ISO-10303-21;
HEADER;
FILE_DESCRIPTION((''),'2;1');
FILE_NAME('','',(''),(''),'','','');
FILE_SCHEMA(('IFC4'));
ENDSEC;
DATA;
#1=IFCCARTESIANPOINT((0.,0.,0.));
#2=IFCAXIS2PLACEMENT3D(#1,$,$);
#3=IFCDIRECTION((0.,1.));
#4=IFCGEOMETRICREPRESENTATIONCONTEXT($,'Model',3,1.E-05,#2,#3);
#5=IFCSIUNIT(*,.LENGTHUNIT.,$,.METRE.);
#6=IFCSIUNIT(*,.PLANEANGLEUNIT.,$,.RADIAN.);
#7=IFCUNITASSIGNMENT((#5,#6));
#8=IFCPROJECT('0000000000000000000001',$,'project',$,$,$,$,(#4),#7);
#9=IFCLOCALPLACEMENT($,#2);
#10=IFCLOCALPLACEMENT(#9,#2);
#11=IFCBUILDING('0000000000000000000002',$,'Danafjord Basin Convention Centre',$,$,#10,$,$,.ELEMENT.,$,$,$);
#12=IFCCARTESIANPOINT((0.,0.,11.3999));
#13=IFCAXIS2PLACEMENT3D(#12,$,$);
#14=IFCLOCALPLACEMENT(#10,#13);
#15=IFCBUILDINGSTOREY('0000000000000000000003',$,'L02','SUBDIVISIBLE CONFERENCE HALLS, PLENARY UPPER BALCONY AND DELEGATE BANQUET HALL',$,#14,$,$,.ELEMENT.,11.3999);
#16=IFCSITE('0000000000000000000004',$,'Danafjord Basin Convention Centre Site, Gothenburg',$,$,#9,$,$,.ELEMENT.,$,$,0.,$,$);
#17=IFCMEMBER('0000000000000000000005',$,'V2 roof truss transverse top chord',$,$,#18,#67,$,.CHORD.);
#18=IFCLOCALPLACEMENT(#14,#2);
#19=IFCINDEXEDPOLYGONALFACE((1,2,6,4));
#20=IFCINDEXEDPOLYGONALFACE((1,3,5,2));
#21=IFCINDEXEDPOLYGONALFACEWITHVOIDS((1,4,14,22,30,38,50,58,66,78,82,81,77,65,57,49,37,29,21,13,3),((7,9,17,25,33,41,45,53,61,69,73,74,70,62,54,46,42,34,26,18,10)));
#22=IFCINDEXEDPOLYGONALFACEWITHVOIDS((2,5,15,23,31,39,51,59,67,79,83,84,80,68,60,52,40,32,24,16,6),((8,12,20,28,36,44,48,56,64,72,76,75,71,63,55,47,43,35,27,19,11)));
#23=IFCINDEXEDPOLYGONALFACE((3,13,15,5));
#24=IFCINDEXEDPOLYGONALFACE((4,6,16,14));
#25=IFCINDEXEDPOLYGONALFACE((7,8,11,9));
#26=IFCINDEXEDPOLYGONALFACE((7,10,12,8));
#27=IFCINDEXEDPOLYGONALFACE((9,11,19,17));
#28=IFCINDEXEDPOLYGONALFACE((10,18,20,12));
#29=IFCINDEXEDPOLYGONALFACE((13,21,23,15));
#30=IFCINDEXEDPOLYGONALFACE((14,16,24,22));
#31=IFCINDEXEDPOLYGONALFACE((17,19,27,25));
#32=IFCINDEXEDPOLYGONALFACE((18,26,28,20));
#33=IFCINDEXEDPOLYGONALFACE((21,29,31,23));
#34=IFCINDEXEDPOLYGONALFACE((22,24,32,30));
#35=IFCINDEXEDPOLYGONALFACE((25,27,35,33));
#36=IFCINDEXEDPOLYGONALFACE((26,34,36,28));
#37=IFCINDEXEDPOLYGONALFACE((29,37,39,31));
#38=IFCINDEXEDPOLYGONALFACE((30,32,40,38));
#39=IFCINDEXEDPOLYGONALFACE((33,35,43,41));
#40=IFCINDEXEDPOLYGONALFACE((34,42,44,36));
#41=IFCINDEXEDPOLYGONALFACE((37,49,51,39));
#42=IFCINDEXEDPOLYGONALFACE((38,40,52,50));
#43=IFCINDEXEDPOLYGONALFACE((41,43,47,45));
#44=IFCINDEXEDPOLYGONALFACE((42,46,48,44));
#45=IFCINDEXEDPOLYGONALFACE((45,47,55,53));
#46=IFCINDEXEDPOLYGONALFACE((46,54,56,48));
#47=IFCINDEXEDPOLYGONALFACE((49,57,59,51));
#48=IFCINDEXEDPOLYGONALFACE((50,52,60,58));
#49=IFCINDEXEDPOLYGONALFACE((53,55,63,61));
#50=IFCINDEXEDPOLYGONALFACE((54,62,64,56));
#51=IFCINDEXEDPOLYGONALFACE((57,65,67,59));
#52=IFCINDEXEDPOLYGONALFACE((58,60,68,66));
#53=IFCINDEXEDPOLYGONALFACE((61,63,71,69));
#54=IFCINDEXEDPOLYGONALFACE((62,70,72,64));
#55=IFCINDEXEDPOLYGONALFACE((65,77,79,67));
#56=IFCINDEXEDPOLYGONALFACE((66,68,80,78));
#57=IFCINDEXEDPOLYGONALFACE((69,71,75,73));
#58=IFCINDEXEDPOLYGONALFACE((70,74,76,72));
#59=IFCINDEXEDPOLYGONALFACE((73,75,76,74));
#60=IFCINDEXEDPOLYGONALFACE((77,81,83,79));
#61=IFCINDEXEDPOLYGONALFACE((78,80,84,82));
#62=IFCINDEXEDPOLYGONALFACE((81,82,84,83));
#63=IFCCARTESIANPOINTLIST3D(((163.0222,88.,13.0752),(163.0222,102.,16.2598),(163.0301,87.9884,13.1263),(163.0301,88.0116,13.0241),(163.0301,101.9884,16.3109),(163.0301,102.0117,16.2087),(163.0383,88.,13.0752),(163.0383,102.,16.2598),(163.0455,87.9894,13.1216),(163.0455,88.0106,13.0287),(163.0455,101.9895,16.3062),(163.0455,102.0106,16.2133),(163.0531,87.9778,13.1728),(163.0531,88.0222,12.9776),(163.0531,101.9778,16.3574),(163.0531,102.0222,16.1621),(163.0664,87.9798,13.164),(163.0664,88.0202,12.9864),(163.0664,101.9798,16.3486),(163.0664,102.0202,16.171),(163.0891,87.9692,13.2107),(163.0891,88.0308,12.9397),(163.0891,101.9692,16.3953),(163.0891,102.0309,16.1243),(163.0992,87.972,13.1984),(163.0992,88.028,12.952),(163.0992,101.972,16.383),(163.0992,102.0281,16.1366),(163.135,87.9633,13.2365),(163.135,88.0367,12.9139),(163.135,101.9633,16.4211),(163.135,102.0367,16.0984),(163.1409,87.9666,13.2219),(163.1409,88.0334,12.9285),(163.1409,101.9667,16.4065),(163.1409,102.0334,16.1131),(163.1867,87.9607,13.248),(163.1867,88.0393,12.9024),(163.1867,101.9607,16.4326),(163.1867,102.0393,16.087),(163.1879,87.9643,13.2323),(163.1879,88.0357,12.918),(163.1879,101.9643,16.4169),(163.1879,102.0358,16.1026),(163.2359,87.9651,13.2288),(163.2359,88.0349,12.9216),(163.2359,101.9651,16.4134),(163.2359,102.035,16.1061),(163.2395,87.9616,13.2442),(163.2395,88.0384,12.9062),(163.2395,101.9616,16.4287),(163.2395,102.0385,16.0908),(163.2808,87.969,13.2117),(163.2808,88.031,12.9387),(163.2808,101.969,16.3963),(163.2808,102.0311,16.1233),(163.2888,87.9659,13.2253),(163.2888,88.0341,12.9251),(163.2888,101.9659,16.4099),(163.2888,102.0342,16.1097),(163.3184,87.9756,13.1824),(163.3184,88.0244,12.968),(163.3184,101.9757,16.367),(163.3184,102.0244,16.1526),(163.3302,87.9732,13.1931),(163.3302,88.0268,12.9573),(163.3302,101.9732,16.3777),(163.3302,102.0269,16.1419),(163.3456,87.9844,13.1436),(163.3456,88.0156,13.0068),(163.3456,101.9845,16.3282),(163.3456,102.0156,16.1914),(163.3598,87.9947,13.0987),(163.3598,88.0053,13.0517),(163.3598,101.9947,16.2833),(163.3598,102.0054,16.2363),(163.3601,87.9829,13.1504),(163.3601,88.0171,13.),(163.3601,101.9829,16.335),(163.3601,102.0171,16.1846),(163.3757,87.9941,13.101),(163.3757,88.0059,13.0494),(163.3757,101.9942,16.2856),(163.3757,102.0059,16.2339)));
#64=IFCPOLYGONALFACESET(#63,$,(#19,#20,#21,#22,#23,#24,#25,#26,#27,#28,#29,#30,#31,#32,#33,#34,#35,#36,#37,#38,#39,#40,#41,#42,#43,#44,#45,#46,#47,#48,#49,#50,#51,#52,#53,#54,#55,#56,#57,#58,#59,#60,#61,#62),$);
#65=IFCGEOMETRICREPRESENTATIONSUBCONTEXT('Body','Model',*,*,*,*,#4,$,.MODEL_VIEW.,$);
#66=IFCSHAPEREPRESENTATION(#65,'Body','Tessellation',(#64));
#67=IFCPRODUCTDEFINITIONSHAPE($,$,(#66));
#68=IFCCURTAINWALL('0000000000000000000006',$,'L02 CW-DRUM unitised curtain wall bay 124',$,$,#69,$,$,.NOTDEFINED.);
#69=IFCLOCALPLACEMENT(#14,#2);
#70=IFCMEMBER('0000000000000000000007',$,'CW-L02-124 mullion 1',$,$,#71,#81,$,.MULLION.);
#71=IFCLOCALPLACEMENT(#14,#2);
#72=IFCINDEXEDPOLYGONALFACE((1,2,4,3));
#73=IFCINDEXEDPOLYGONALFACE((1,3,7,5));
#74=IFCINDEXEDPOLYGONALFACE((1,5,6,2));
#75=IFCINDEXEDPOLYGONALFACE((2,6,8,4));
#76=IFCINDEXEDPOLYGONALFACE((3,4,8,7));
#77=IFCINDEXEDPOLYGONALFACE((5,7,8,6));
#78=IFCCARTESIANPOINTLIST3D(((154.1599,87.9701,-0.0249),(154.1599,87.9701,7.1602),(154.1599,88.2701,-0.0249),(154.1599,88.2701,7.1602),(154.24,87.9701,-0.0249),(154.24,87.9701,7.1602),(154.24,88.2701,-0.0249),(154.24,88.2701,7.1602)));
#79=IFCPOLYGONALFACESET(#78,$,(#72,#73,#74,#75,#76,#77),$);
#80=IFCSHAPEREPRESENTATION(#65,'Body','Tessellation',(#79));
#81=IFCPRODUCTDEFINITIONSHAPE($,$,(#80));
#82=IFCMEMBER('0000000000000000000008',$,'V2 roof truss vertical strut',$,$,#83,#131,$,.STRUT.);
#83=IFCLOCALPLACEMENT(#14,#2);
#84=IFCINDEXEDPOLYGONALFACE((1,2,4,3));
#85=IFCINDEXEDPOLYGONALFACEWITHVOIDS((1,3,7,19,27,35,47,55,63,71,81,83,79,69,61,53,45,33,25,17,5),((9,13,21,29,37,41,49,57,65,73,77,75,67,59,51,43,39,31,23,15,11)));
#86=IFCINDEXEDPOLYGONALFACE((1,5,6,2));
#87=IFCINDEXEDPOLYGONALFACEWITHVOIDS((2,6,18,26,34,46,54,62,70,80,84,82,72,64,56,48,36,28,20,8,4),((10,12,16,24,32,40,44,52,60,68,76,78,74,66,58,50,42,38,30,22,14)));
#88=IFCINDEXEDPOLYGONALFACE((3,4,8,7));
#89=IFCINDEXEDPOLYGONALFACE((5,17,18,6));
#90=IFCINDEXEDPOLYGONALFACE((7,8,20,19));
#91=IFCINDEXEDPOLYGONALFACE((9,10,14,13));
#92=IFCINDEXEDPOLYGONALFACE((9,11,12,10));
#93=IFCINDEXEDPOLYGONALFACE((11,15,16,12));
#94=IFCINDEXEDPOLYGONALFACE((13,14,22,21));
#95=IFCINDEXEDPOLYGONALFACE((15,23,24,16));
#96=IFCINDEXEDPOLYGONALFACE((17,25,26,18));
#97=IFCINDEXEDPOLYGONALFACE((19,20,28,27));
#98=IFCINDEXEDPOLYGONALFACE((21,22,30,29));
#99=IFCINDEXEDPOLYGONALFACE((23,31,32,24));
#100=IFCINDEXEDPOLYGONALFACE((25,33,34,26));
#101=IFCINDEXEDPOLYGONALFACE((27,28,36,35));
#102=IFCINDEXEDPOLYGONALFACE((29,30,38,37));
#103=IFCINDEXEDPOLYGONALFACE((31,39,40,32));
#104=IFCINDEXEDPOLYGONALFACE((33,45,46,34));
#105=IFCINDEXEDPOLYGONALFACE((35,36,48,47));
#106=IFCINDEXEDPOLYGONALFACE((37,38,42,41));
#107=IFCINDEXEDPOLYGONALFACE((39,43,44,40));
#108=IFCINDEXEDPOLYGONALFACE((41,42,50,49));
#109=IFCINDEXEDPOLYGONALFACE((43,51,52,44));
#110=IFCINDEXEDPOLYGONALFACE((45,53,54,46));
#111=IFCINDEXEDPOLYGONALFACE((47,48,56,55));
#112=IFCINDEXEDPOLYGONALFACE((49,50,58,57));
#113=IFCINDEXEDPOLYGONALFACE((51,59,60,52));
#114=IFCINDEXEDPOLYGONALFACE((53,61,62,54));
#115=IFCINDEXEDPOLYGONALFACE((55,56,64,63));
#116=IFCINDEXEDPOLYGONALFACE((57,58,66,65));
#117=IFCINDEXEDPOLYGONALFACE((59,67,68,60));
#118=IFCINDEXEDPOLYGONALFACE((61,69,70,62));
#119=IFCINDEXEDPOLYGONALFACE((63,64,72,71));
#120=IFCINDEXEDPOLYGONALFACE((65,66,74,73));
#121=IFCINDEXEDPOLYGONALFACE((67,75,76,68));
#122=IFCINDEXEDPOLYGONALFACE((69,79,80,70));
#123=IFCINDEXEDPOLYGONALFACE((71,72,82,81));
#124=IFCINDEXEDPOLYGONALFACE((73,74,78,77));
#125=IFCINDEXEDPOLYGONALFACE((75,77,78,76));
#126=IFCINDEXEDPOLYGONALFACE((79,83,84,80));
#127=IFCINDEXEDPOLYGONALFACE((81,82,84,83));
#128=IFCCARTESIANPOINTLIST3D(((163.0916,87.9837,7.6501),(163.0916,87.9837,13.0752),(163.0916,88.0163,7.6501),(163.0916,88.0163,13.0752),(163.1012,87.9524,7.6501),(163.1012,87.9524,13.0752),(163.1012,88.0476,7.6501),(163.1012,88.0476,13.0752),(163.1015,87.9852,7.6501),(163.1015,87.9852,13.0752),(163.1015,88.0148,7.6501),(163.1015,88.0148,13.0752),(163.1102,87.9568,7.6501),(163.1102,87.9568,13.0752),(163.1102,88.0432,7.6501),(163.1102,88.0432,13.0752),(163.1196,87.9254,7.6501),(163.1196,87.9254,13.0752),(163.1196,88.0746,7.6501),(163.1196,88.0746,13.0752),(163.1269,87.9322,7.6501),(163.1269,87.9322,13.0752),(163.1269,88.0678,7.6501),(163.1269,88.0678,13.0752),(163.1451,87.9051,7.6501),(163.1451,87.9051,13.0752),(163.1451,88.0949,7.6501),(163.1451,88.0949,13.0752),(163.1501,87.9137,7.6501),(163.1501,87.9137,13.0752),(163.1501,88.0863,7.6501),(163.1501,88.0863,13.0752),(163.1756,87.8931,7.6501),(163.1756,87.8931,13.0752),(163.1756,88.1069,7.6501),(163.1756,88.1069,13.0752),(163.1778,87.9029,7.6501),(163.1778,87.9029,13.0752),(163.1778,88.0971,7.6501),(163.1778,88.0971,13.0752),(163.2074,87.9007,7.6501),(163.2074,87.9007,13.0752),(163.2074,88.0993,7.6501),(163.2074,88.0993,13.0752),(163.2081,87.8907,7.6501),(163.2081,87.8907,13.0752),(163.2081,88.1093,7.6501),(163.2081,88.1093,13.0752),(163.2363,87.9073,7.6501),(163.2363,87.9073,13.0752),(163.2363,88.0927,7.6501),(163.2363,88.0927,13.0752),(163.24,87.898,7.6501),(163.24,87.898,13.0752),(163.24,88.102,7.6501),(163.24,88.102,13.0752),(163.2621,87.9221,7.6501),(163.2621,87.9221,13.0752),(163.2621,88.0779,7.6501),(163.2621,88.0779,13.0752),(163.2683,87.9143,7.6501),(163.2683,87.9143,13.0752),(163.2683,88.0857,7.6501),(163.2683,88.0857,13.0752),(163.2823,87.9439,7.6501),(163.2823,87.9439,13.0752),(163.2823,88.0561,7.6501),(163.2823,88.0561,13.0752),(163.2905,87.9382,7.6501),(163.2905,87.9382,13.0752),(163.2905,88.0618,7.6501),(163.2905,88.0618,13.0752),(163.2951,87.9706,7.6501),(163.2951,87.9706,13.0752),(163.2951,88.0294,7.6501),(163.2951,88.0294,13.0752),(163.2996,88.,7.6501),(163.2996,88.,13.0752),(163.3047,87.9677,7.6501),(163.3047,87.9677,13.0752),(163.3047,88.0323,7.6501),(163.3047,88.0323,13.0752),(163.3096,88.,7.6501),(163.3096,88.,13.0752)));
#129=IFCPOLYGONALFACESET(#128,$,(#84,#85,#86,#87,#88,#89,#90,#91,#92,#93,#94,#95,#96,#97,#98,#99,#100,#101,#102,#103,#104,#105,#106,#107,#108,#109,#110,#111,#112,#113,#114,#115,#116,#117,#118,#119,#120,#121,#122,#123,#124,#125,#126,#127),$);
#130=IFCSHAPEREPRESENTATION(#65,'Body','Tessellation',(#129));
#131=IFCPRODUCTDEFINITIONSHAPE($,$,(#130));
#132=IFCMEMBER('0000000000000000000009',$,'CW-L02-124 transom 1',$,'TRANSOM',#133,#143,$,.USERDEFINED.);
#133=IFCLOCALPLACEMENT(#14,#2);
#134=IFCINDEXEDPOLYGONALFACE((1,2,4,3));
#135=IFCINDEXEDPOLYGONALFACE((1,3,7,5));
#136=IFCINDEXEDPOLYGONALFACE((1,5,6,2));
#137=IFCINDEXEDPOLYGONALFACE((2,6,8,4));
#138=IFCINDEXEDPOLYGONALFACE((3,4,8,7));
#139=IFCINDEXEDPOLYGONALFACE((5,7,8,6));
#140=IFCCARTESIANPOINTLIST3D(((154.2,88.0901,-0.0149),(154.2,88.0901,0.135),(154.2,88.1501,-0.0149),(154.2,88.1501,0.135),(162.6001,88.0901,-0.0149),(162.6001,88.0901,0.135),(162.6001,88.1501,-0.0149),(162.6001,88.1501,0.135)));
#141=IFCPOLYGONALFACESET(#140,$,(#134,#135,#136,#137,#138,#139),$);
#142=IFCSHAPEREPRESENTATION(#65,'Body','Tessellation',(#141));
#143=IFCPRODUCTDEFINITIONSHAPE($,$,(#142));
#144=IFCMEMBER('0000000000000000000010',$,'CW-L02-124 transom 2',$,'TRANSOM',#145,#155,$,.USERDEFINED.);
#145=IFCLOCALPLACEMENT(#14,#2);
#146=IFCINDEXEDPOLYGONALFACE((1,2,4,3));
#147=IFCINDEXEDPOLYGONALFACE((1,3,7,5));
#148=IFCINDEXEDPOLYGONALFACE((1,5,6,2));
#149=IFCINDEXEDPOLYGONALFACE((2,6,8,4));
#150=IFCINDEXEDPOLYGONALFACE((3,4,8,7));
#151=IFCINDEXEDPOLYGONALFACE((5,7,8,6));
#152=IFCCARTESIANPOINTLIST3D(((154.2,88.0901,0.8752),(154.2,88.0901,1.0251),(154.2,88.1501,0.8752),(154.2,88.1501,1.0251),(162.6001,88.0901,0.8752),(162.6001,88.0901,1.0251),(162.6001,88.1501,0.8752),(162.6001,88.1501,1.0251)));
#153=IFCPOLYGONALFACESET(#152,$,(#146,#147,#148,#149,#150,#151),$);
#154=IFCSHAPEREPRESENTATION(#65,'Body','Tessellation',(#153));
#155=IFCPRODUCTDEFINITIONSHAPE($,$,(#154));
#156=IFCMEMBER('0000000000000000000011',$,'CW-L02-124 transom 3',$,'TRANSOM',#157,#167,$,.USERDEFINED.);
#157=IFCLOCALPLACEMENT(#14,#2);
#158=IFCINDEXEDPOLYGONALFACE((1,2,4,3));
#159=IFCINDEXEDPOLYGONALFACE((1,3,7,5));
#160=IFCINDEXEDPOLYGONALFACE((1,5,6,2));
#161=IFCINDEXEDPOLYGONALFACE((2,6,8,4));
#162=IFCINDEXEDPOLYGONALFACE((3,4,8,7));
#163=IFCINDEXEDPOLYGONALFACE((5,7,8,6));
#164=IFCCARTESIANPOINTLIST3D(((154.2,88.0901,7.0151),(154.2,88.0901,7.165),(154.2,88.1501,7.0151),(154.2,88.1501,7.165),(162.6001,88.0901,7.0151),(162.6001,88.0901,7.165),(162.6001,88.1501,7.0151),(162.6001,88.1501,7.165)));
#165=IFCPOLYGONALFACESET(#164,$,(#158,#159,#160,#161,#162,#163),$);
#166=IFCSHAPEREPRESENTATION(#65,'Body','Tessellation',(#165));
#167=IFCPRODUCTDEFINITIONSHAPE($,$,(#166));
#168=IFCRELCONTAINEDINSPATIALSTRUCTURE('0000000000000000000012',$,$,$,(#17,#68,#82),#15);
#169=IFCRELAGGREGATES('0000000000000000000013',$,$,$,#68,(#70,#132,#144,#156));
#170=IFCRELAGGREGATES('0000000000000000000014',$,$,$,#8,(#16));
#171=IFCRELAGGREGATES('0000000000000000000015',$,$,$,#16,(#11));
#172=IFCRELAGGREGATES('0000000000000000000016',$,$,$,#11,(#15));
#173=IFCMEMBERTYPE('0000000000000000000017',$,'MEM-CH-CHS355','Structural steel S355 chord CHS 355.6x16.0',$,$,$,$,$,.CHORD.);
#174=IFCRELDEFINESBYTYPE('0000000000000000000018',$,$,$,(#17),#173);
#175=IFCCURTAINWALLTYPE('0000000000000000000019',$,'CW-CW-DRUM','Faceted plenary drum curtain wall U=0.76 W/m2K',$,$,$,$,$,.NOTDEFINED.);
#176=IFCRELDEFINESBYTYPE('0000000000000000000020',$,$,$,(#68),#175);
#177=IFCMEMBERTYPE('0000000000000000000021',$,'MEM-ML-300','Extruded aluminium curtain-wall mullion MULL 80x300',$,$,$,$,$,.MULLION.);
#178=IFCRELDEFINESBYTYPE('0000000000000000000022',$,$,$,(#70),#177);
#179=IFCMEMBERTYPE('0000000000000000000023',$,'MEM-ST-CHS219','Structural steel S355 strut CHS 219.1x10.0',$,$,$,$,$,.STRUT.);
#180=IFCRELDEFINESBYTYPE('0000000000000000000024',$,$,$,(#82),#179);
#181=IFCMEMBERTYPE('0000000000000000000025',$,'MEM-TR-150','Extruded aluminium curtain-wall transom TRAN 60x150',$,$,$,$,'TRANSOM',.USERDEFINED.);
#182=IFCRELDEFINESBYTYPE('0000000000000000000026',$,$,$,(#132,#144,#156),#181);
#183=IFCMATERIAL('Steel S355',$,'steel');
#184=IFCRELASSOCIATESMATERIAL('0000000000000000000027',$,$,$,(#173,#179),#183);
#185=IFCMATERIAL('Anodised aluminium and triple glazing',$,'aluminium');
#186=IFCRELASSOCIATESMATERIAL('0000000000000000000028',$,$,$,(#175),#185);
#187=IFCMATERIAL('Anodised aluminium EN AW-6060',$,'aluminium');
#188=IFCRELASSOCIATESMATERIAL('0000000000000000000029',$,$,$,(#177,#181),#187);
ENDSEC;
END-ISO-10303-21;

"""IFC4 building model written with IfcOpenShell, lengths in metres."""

from ifc_helpers import new_model, si_unit, direction, frame, origin, origin_2d, place, context, subcontext, project, spatial, rectangle, hollow_circle, extrude, material, material_profile, profile_set, type_object, element, aggregate, save


model = new_model("IFC4")

# Units and contexts
model_context = context("Model", 3, precision=1e-05, world=origin(), true_north=direction((0.0, 1.0)))
body_context = subcontext(model_context, "Body", "Model", "MODEL_VIEW")
ifc_project = project(units=[si_unit("LENGTHUNIT", "METRE"), si_unit("PLANEANGLEUNIT", "RADIAN")], contexts=[model_context])

# Site, building, storey
site_placement = place(None, origin())
site = spatial("IfcSite", under=ifc_project, at=site_placement, Name="Danafjord Basin Convention Centre Site, Gothenburg", CompositionType="ELEMENT", RefElevation=0.0)
building_placement = place(site_placement, origin())
building = spatial("IfcBuilding", under=site, at=building_placement, Name="Danafjord Basin Convention Centre", CompositionType="ELEMENT")
storey_placement = place(building_placement, frame((0.0, 0.0, 11.3999)))
storey = spatial("IfcBuildingStorey", under=building, at=storey_placement, Name="L02", Description="SUBDIVISIBLE CONFERENCE HALLS, PLENARY UPPER BALCONY AND DELEGATE BANQUET HALL", CompositionType="ELEMENT", Elevation=11.3999)

# Shared definitions
ifc_material_1 = material(Name="Steel S355", Category="steel")

# Member
ifc_material_profile_1 = material_profile(ifc_material_1, hollow_circle(Radius=0.1777, WallThickness=0.0161, at=origin_2d()), Name="CHS 355.6x16.0")
ifc_profile_set_1 = profile_set([ifc_material_profile_1], Name="Steel S355")
member_type_1 = type_object("IfcMemberType", Name="MEM-CH-CHS355", Description="Structural steel S355 chord CHS 355.6x16.0", PredefinedType="CHORD", material=ifc_profile_set_1)
member_1_placement = place(storey_placement, frame((163.2, 88.0, 13.0752), z_axis=(0.0, 0.975091, 0.221803), x_axis=(-1.0, 0.0, 0.0)))
element("IfcMember", 1, at=member_1_placement, inside=storey, type_object=member_type_1, Name="V2 roof truss transverse top chord", PredefinedType="CHORD", context=body_context, shape_type="SweptSolid", body=[
    extrude(hollow_circle(Radius=0.1777, WallThickness=0.0161, at=origin_2d()), origin(), (0.0, 0.0, 1.0), 14.3577),
])

# Curtain wall, member
ifc_material_2 = material(Name="Anodised aluminium and triple glazing", Category="aluminium")
curtain_wall_type = type_object("IfcCurtainWallType", Name="CW-CW-DRUM", Description="Faceted plenary drum curtain wall U=0.76 W/m2K", PredefinedType="NOTDEFINED", material=ifc_material_2)
curtain_wall_placement = place(storey_placement, origin())
curtain_wall = element("IfcCurtainWall", 2, at=curtain_wall_placement, inside=storey, type_object=curtain_wall_type, Name="L02 CW-DRUM unitised curtain wall bay 124", PredefinedType="NOTDEFINED")
ifc_material_3 = material(Name="Anodised aluminium EN AW-6060", Category="aluminium")
ifc_material_profile_2 = material_profile(ifc_material_3, rectangle(XDim=0.0801, YDim=0.3, at=origin_2d()), Name="MULL 80x300")
ifc_profile_set_2 = profile_set([ifc_material_profile_2], Name="Anodised aluminium EN AW-6060")
member_type_2 = type_object("IfcMemberType", Name="MEM-ML-300", Description="Extruded aluminium curtain-wall mullion MULL 80x300", PredefinedType="MULLION", material=ifc_profile_set_2)
member_2_placement = place(storey_placement, frame((154.2, 88.1201, -0.0249), z_axis=(0.0, 0.0, 1.0), x_axis=(1.0, 0.0, 0.0)))
member_2 = element("IfcMember", 3, at=member_2_placement, type_object=member_type_2, Name="CW-L02-124 mullion 1", PredefinedType="MULLION", context=body_context, shape_type="SweptSolid", body=[
    extrude(rectangle(XDim=0.0801, YDim=0.3, at=origin_2d()), origin(), (0.0, 0.0, 1.0), 7.1851),
])

# Members
ifc_material_profile_3 = material_profile(ifc_material_1, hollow_circle(Radius=0.1096, WallThickness=0.01, at=origin_2d()), Name="CHS 219.1x10.0")
ifc_profile_set_3 = profile_set([ifc_material_profile_3], Name="Steel S355")
member_type_3 = type_object("IfcMemberType", Name="MEM-ST-CHS219", Description="Structural steel S355 strut CHS 219.1x10.0", PredefinedType="STRUT", material=ifc_profile_set_3)
member_3_placement = place(storey_placement, frame((163.2, 88.0, 7.6501), z_axis=(0.0, 0.0, 1.0), x_axis=(1.0, 0.0, 0.0)))
element("IfcMember", 4, at=member_3_placement, inside=storey, type_object=member_type_3, Name="V2 roof truss vertical strut", PredefinedType="STRUT", context=body_context, shape_type="SweptSolid", body=[
    extrude(hollow_circle(Radius=0.1096, WallThickness=0.01, at=origin_2d()), origin(), (0.0, 0.0, 1.0), 5.425),
])
ifc_material_profile_4 = material_profile(ifc_material_3, rectangle(XDim=0.0601, YDim=0.1499, at=origin_2d()), Name="TRAN 60x150")
ifc_profile_set_4 = profile_set([ifc_material_profile_4], Name="Anodised aluminium EN AW-6060")
member_type_4 = type_object("IfcMemberType", Name="MEM-TR-150", Description="Extruded aluminium curtain-wall transom TRAN 60x150", ElementType="TRANSOM", PredefinedType="USERDEFINED", material=ifc_profile_set_4)
member_4_placement = place(storey_placement, frame((154.2, 88.1201, 0.0601), z_axis=(1.0, 0.0, 0.0), x_axis=(0.0, 1.0, 0.0)))
member_4 = element("IfcMember", 5, at=member_4_placement, type_object=member_type_4, Name="CW-L02-124 transom 1", ObjectType="TRANSOM", PredefinedType="USERDEFINED", context=body_context, shape_type="SweptSolid", body=[
    extrude(rectangle(XDim=0.0601, YDim=0.1499, at=origin_2d()), origin(), (0.0, 0.0, 1.0), 8.4001),
])
member_5_placement = place(storey_placement, frame((154.2, 88.1201, 0.9502), z_axis=(1.0, 0.0, 0.0), x_axis=(0.0, 1.0, 0.0)))
member_5 = element("IfcMember", 6, at=member_5_placement, type_object=member_type_4, Name="CW-L02-124 transom 2", ObjectType="TRANSOM", PredefinedType="USERDEFINED", context=body_context, shape_type="SweptSolid", body=[
    extrude(rectangle(XDim=0.0601, YDim=0.1499, at=origin_2d()), origin(), (0.0, 0.0, 1.0), 8.4001),
])
member_6_placement = place(storey_placement, frame((154.2, 88.1201, 7.0901), z_axis=(1.0, 0.0, 0.0), x_axis=(0.0, 1.0, 0.0)))
member_6 = element("IfcMember", 7, at=member_6_placement, type_object=member_type_4, Name="CW-L02-124 transom 3", ObjectType="TRANSOM", PredefinedType="USERDEFINED", context=body_context, shape_type="SweptSolid", body=[
    extrude(rectangle(XDim=0.0601, YDim=0.1499, at=origin_2d()), origin(), (0.0, 0.0, 1.0), 8.4001),
])
aggregate(curtain_wall, [member_2, member_4, member_5, member_6])

save(model, "model.ifc")
